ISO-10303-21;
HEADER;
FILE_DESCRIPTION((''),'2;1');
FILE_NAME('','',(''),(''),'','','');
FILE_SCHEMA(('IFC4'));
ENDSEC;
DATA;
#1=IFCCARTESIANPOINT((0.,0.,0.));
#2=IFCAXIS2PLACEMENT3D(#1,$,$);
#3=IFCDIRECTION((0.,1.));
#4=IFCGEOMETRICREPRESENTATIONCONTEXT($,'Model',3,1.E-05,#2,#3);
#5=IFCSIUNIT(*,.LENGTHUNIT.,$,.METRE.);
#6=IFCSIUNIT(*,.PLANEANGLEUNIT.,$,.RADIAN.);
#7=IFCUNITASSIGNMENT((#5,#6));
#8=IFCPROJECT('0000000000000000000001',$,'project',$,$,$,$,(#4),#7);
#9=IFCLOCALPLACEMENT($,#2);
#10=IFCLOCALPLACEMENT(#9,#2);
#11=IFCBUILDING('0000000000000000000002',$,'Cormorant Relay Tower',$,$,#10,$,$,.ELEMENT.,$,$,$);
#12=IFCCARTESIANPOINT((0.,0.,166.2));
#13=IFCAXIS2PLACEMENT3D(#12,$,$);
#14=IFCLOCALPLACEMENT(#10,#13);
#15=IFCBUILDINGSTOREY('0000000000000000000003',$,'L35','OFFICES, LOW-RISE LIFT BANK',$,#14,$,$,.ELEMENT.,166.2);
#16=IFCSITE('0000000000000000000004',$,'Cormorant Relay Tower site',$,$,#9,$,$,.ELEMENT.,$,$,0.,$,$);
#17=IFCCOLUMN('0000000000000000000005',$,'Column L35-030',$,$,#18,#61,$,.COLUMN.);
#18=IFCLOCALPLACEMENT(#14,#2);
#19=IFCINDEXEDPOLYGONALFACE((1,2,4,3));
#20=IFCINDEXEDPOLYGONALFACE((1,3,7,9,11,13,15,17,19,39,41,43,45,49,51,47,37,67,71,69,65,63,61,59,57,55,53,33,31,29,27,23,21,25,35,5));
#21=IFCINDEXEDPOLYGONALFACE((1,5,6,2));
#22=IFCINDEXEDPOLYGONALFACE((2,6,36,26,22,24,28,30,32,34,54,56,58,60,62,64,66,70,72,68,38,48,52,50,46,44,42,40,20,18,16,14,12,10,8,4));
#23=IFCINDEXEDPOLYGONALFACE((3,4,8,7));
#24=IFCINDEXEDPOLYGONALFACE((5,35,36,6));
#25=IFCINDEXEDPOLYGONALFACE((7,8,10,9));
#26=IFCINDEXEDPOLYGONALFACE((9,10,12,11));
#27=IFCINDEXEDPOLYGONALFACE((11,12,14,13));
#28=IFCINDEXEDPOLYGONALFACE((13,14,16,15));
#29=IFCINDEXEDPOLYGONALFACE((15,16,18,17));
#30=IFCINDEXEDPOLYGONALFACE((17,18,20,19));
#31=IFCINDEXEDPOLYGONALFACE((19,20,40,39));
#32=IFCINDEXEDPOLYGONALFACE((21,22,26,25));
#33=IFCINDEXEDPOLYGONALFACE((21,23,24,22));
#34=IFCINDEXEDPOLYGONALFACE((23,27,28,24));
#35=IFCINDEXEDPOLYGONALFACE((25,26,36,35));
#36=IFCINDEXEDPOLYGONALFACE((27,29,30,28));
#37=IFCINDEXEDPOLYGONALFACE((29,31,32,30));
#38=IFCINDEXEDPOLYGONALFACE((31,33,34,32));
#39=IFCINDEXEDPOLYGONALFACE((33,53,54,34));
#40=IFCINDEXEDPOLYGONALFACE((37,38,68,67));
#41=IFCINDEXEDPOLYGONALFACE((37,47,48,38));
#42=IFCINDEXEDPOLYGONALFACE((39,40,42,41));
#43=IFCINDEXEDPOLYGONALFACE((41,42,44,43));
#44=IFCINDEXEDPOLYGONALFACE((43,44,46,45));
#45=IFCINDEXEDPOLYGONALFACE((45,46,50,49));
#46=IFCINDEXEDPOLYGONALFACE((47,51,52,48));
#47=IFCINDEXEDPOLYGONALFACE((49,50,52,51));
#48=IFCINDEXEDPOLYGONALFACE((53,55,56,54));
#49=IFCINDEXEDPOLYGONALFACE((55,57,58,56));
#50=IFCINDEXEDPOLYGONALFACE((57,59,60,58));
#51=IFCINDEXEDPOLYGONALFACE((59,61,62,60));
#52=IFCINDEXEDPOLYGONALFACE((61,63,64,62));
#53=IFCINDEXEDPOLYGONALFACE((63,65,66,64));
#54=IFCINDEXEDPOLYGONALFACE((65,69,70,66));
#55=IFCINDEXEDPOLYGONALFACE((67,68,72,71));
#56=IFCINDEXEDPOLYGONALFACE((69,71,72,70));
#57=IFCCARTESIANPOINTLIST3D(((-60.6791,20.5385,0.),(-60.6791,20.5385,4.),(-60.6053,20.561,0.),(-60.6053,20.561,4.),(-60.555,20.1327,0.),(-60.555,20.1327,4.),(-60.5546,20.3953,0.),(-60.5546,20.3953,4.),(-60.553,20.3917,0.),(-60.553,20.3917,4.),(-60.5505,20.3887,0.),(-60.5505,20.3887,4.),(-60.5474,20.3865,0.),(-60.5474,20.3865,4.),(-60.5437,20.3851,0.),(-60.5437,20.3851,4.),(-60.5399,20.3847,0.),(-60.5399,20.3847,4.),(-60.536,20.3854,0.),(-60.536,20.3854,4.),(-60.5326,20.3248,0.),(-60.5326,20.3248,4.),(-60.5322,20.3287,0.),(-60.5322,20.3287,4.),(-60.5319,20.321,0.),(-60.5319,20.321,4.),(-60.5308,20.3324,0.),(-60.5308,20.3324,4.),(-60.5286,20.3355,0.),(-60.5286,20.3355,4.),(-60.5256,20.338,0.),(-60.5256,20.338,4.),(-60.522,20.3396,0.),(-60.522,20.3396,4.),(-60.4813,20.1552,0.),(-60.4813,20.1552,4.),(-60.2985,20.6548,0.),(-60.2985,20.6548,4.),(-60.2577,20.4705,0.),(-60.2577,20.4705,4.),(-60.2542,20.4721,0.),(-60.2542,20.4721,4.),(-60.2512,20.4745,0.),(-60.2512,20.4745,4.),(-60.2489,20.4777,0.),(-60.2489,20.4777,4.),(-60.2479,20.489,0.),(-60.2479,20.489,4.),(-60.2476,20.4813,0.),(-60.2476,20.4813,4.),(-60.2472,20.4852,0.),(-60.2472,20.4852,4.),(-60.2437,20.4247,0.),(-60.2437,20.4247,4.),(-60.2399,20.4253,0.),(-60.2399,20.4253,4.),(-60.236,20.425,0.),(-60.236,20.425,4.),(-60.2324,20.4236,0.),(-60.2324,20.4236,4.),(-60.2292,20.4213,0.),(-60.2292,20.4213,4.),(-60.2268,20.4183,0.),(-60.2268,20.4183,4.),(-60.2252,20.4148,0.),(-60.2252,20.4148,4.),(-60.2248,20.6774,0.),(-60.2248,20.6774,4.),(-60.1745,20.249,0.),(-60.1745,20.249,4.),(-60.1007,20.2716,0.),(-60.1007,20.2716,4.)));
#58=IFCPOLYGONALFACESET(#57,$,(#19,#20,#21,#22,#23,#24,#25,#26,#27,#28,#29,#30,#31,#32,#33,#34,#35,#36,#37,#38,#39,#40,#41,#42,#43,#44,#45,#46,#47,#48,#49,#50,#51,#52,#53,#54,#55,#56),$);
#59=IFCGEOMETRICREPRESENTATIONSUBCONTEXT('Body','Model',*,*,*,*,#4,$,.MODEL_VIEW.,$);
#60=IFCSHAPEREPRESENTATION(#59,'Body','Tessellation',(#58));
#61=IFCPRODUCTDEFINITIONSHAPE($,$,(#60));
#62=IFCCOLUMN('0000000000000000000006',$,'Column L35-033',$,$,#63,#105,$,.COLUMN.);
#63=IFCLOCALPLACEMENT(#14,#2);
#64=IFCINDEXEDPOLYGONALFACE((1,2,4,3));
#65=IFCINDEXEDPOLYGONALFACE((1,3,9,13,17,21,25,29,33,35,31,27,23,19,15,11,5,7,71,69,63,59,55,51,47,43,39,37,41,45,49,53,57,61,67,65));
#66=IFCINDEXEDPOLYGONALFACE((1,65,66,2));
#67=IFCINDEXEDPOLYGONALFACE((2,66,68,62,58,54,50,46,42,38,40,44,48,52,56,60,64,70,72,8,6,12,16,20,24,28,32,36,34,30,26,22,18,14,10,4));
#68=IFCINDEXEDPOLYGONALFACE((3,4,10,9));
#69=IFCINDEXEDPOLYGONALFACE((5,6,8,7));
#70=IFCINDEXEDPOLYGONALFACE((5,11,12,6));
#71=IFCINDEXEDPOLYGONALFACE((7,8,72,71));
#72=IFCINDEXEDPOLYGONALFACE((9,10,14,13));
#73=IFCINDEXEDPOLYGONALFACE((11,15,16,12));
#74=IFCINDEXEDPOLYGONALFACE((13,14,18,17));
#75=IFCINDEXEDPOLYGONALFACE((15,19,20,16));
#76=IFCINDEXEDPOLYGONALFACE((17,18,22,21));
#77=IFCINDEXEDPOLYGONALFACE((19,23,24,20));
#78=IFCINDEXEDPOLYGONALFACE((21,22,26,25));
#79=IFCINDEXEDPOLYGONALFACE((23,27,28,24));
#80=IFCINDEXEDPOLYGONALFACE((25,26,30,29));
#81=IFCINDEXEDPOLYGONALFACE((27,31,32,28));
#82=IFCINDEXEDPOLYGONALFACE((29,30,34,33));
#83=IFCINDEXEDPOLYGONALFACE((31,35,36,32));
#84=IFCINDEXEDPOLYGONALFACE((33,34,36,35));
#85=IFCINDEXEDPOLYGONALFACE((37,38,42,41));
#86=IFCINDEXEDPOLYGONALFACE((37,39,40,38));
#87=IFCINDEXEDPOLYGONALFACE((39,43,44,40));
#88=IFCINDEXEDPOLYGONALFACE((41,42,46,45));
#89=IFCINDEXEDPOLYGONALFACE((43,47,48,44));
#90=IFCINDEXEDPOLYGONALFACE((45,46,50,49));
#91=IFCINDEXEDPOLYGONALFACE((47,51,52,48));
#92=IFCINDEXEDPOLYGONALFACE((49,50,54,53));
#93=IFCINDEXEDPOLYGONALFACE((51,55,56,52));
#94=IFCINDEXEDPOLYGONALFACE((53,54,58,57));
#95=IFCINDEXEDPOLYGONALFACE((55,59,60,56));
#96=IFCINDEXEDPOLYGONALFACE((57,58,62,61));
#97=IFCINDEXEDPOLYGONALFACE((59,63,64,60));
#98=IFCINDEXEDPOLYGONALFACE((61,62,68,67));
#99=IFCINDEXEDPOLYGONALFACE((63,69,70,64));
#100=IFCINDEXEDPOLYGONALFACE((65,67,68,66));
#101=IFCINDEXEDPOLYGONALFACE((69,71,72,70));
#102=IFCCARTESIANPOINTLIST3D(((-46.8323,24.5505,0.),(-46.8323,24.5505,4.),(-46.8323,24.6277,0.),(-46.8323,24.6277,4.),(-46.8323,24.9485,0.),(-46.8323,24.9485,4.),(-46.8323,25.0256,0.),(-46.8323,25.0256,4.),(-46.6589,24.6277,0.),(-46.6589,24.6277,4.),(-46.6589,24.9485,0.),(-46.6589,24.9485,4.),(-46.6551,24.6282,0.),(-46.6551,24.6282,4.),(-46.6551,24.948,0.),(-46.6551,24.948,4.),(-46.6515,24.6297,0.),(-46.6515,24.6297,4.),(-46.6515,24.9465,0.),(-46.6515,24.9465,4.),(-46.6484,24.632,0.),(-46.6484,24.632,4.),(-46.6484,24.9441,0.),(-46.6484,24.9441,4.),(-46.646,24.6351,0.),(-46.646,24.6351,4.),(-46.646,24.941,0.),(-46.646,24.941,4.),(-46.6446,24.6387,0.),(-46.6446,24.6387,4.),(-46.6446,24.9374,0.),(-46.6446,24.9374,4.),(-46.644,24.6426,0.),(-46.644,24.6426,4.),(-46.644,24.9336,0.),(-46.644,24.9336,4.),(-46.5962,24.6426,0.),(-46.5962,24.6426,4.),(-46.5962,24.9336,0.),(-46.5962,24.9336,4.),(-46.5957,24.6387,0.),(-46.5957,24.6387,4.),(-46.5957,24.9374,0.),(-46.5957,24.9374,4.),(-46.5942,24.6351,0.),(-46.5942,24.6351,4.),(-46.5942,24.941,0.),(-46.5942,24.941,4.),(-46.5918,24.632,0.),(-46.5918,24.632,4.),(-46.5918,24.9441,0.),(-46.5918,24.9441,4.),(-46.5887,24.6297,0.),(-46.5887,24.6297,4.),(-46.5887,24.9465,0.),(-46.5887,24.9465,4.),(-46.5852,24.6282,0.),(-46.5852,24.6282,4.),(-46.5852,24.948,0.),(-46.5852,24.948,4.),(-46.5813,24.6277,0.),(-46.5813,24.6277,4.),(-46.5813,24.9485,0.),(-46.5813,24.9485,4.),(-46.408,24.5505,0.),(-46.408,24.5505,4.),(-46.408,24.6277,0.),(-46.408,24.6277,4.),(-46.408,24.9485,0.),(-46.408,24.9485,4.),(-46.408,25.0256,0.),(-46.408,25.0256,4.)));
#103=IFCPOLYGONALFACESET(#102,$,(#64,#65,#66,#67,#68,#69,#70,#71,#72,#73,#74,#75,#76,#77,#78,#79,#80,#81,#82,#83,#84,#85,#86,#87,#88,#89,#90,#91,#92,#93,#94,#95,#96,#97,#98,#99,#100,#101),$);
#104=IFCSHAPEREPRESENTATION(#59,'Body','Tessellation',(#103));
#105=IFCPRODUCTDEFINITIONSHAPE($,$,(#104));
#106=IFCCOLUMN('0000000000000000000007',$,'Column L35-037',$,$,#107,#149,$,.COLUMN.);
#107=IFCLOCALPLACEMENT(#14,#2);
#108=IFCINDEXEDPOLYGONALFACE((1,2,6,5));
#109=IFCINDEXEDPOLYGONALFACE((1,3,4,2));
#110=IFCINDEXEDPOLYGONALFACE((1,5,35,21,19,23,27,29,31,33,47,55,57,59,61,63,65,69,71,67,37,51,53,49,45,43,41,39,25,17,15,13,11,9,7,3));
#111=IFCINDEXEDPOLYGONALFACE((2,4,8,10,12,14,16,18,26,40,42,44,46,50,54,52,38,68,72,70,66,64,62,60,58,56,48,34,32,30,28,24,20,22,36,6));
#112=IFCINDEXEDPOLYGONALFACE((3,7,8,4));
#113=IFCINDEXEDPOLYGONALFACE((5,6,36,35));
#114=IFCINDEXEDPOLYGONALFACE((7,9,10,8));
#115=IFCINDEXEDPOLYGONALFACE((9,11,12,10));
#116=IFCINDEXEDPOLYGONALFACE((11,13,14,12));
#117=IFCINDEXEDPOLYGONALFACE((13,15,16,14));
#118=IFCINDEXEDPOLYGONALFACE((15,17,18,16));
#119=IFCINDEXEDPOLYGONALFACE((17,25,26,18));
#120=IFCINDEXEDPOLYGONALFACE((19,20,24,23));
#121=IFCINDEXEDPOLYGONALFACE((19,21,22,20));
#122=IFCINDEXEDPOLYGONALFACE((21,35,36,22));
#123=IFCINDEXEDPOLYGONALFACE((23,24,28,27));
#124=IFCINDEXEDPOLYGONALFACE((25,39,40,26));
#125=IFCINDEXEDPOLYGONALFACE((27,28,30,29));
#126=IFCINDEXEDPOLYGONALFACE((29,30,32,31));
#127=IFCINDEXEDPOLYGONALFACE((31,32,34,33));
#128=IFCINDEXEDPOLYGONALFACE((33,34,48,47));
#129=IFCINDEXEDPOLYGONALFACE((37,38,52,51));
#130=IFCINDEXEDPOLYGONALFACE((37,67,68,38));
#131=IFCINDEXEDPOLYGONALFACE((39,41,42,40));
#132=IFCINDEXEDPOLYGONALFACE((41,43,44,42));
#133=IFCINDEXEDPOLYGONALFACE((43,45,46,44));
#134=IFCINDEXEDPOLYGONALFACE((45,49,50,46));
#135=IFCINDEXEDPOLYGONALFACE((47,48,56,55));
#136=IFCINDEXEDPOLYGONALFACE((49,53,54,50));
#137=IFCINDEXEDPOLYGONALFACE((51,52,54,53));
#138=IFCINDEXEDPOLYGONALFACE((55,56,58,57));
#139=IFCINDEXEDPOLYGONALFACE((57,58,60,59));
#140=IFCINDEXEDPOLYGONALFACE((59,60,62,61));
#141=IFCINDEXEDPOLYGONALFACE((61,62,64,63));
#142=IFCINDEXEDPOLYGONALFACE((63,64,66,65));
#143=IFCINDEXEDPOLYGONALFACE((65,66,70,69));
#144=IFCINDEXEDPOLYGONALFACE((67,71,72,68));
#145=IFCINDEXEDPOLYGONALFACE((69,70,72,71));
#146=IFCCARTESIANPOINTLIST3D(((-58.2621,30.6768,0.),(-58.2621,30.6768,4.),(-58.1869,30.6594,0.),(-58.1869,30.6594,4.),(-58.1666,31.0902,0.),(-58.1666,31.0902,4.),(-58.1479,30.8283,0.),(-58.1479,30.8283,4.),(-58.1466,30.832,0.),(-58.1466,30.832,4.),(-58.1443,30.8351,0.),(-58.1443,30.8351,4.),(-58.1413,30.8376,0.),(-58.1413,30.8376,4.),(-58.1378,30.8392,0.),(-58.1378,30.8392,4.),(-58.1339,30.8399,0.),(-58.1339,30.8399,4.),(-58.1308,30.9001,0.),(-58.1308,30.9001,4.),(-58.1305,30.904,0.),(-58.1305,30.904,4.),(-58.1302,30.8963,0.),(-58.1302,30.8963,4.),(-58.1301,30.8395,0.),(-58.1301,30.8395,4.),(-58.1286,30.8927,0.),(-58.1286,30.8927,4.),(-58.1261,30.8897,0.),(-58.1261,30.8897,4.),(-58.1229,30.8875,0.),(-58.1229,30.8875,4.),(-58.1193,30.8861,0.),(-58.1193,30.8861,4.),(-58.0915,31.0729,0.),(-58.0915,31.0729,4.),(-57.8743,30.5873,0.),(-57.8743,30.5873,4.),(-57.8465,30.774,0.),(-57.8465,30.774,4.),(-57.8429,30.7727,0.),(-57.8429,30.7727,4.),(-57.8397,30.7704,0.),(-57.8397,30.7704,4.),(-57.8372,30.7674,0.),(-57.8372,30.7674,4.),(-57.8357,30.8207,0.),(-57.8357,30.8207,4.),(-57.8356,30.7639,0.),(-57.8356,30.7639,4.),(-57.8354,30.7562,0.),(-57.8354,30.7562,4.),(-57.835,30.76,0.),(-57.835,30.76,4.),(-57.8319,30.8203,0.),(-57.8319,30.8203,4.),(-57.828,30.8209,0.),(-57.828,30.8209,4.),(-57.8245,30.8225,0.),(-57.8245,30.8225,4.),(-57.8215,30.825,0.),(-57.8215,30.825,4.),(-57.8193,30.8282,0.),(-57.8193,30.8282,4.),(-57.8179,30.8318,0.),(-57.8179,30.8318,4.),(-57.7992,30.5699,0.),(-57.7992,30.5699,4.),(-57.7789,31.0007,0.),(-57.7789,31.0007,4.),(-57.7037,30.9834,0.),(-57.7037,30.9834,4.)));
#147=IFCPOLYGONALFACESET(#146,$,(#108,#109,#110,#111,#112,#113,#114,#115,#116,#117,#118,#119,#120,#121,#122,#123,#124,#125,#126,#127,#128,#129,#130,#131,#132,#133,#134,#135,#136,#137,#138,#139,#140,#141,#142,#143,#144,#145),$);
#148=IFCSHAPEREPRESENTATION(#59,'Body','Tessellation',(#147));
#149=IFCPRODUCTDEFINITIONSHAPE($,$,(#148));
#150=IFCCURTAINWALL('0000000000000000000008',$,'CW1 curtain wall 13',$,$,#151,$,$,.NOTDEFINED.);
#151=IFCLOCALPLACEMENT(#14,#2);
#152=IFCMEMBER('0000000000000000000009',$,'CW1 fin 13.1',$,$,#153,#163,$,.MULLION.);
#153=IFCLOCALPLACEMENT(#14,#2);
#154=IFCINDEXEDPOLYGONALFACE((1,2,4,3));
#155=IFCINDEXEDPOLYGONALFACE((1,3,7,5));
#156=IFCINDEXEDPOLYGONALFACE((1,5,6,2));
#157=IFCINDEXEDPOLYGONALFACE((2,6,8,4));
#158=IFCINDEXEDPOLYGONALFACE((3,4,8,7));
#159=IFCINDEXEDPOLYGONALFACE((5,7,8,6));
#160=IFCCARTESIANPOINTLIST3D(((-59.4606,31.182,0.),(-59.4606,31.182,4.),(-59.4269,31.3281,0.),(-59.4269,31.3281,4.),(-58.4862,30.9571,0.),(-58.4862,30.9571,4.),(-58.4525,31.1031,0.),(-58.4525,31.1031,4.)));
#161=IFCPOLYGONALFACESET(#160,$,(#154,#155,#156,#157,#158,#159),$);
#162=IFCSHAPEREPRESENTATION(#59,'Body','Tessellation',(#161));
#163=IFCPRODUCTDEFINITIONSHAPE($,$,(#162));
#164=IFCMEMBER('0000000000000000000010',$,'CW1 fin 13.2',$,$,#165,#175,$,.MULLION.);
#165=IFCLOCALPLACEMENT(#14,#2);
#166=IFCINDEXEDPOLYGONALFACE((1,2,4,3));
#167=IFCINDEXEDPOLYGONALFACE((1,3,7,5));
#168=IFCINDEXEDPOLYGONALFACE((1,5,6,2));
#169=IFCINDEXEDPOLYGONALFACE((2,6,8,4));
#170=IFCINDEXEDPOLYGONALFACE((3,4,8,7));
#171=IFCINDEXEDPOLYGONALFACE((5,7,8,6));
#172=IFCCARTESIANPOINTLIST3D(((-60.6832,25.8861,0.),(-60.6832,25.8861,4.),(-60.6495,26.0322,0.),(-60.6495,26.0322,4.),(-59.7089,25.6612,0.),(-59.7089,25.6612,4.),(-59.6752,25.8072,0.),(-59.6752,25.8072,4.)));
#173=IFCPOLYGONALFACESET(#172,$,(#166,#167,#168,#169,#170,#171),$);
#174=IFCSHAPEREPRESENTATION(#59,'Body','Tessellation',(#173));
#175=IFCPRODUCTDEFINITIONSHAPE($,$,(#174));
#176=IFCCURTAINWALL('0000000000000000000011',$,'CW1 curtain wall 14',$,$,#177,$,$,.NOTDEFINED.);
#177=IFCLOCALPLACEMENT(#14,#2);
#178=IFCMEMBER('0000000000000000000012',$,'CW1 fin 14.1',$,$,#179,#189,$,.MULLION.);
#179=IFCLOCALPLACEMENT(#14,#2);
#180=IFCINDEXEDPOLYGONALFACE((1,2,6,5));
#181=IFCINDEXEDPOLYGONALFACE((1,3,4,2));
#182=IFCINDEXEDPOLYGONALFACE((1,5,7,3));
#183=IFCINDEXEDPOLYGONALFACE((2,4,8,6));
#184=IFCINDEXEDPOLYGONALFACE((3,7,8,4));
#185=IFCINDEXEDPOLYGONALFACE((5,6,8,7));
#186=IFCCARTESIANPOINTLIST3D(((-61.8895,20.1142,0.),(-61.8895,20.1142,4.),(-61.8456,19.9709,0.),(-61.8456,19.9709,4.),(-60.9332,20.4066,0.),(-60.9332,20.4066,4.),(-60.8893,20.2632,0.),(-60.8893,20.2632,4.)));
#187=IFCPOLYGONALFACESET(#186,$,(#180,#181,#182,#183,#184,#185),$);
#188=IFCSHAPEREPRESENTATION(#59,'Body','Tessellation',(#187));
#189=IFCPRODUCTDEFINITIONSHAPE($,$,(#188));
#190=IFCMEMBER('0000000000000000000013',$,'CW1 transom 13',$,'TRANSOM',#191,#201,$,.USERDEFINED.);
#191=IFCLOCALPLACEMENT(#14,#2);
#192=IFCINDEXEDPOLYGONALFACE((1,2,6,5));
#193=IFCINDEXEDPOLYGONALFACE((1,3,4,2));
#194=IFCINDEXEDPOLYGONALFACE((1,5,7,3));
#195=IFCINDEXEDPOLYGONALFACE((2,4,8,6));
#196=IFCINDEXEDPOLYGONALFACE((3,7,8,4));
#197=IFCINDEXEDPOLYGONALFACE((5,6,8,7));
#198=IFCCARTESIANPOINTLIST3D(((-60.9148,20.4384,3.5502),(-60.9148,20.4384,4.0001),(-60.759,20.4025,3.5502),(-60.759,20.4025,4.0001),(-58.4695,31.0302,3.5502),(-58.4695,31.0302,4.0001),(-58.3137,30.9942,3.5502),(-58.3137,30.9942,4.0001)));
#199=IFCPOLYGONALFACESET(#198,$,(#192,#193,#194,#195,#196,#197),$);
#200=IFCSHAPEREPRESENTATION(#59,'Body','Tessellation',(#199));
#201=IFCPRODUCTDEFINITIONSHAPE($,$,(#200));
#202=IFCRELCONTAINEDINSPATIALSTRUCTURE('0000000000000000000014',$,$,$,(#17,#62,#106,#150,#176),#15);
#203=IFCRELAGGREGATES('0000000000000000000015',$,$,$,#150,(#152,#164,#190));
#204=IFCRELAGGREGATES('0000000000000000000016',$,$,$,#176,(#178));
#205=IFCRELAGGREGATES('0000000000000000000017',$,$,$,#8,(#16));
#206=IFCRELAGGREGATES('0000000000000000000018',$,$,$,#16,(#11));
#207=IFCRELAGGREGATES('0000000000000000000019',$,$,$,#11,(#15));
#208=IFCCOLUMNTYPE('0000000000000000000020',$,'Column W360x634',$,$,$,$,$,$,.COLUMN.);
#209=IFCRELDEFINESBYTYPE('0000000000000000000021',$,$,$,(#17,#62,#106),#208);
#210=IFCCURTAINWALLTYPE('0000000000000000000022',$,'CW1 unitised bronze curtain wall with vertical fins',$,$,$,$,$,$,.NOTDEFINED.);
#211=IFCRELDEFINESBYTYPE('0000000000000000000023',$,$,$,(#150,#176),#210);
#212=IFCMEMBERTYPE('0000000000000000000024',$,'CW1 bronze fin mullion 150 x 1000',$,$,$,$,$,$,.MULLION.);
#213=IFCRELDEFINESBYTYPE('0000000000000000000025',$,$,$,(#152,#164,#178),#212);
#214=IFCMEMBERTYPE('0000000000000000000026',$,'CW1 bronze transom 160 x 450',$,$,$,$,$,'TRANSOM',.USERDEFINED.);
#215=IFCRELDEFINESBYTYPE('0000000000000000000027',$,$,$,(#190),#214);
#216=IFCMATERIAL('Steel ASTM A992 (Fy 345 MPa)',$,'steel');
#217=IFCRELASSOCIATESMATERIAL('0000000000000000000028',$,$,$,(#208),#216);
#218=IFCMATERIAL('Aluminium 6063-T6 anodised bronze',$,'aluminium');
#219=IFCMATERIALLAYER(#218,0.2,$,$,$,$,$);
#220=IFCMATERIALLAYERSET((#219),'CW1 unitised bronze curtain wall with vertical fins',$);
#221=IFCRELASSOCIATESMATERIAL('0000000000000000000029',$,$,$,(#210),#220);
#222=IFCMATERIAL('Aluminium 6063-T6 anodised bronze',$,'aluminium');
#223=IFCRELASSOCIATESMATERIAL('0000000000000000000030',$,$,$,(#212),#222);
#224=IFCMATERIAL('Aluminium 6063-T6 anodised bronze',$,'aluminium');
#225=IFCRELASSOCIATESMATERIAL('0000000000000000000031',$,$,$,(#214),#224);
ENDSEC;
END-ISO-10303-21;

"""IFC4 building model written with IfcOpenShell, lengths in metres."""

from ifc_helpers import new_model, si_unit, direction, frame, origin, origin_2d, place, context, subcontext, project, spatial, rectangle, i_section, extrude, material, layer, layer_set, material_profile, profile_set, type_object, element, aggregate, save


model = new_model("IFC4")

# Units and contexts
model_context = context("Model", 3, precision=1e-05, world=origin(), true_north=direction((0.0, 1.0)))
body_context = subcontext(model_context, "Body", "Model", "MODEL_VIEW")
ifc_project = project(units=[si_unit("LENGTHUNIT", "METRE"), si_unit("PLANEANGLEUNIT", "RADIAN")], contexts=[model_context])

# Site, building, storey
site_placement = place(None, origin())
site = spatial("IfcSite", under=ifc_project, at=site_placement, Name="Cormorant Relay Tower site", CompositionType="ELEMENT", RefElevation=0.0)
building_placement = place(site_placement, origin())
building = spatial("IfcBuilding", under=site, at=building_placement, Name="Cormorant Relay Tower", CompositionType="ELEMENT")
storey_placement = place(building_placement, frame((0.0, 0.0, 166.2)))
storey = spatial("IfcBuildingStorey", under=building, at=storey_placement, Name="L35", Description="OFFICES, LOW-RISE LIFT BANK", CompositionType="ELEMENT", Elevation=166.2)

# Columns
ifc_material_1 = material(Name="Steel ASTM A992 (Fy 345 MPa)", Category="steel")
ifc_material_profile_1 = material_profile(ifc_material_1, i_section(OverallWidth=0.4243, OverallDepth=0.4751, WebThickness=0.0479, FlangeThickness=0.0771, FilletRadius=0.0149, at=origin_2d()), Name="W360x634")
ifc_profile_set_1 = profile_set([ifc_material_profile_1], Name="Steel ASTM A992 (Fy 345 MPa)")
column_type = type_object("IfcColumnType", Name="Column W360x634", PredefinedType="COLUMN", material=ifc_profile_set_1)
for number, where, z_axis, x_axis, name in (
    (1, (-60.3899, 20.405, 0.0), (0.0, 0.0, 1.0), (0.292372, -0.956305, 0.0), "Column L35-030"),
    (2, (-46.6201, 24.7881, 0.0), (0.0, 0.0, 1.0), (1.0, 0.0, 0.0), "Column L35-033"),
    (3, (-57.9829, 30.8301, 0.0), (0.0, 0.0, 1.0), (-0.224951, -0.97437, 0.0), "Column L35-037"),
):
    element("IfcColumn", number, at=place(storey_placement, frame(where, z_axis=z_axis, x_axis=x_axis)), inside=storey, type_object=column_type, Name=name, PredefinedType="COLUMN", context=body_context, shape_type="SweptSolid", body=[
        extrude(i_section(OverallWidth=0.4243, OverallDepth=0.4751, WebThickness=0.0479, FlangeThickness=0.0771, FilletRadius=0.0149, at=origin_2d()), origin(), (0.0, 0.0, 1.0), 4.0),
    ])

# Curtain wall, members
ifc_material_2 = material(Name="Aluminium 6063-T6 anodised bronze", Category="aluminium")
ifc_layer_1 = layer(ifc_material_2, 0.2)
ifc_layer_set_1 = layer_set([ifc_layer_1], Name="CW1 unitised bronze curtain wall with vertical fins")
curtain_wall_type = type_object("IfcCurtainWallType", Name="CW1 unitised bronze curtain wall with vertical fins", PredefinedType="NOTDEFINED", material=ifc_layer_set_1)
curtain_wall_1_placement = place(storey_placement, origin())
curtain_wall_1 = element("IfcCurtainWall", 4, at=curtain_wall_1_placement, inside=storey, type_object=curtain_wall_type, Name="CW1 curtain wall 13", PredefinedType="NOTDEFINED")
ifc_material_3 = material(Name="Aluminium 6063-T6 anodised bronze", Category="aluminium")
ifc_material_profile_2 = material_profile(ifc_material_3, rectangle(XDim=0.1499, YDim=1.0, at=origin_2d()), Name="AL 150x1000")
ifc_profile_set_2 = profile_set([ifc_material_profile_2], Name="Aluminium 6063-T6 anodised bronze")
member_type_1 = type_object("IfcMemberType", Name="CW1 bronze fin mullion 150 x 1000", PredefinedType="MULLION", material=ifc_profile_set_2)
member_1_placement = place(storey_placement, frame((-58.9565, 31.1426, 0.0), z_axis=(0.0, 0.0, 1.0), x_axis=(-0.224951, -0.97437, 0.0)))
member_1 = element("IfcMember", 5, at=member_1_placement, type_object=member_type_1, Name="CW1 fin 13.1", PredefinedType="MULLION", context=body_context, shape_type="SweptSolid", body=[
    extrude(rectangle(XDim=0.1499, YDim=1.0, at=origin_2d()), origin(), (0.0, 0.0, 1.0), 4.0),
])
member_2_placement = place(storey_placement, frame((-60.1792, 25.8467, 0.0), z_axis=(0.0, 0.0, 1.0), x_axis=(-0.224951, -0.97437, 0.0)))
member_2 = element("IfcMember", 6, at=member_2_placement, type_object=member_type_1, Name="CW1 fin 13.2", PredefinedType="MULLION", context=body_context, shape_type="SweptSolid", body=[
    extrude(rectangle(XDim=0.1499, YDim=1.0, at=origin_2d()), origin(), (0.0, 0.0, 1.0), 4.0),
])

# Curtain wall, member
curtain_wall_2_placement = place(storey_placement, origin())
curtain_wall_2 = element("IfcCurtainWall", 7, at=curtain_wall_2_placement, inside=storey, type_object=curtain_wall_type, Name="CW1 curtain wall 14", PredefinedType="NOTDEFINED")
member_3_placement = place(storey_placement, frame((-61.3894, 20.1887, 0.0), z_axis=(0.0, 0.0, 1.0), x_axis=(0.292372, -0.956305, 0.0)))
member_3 = element("IfcMember", 8, at=member_3_placement, type_object=member_type_1, Name="CW1 fin 14.1", PredefinedType="MULLION", context=body_context, shape_type="SweptSolid", body=[
    extrude(rectangle(XDim=0.1499, YDim=1.0, at=origin_2d()), origin(), (0.0, 0.0, 1.0), 4.0),
])

# Member
ifc_material_4 = material(Name="Aluminium 6063-T6 anodised bronze", Category="aluminium")
ifc_material_profile_3 = material_profile(ifc_material_4, rectangle(XDim=0.1599, YDim=0.45, at=origin_2d()), Name="AL 160x450")
ifc_profile_set_3 = profile_set([ifc_material_profile_3], Name="Aluminium 6063-T6 anodised bronze")
member_type_2 = type_object("IfcMemberType", Name="CW1 bronze transom 160 x 450", ElementType="TRANSOM", PredefinedType="USERDEFINED", material=ifc_profile_set_3)
member_4_placement = place(storey_placement, frame((-58.3916, 31.0122, 3.7751), z_axis=(-0.224951, -0.97437, 0.0), x_axis=(0.97437, -0.224951, 0.0)))
member_4 = element("IfcMember", 9, at=member_4_placement, type_object=member_type_2, Name="CW1 transom 13", ObjectType="TRANSOM", PredefinedType="USERDEFINED", context=body_context, shape_type="SweptSolid", body=[
    extrude(rectangle(XDim=0.1599, YDim=0.45, at=origin_2d()), origin(), (0.0, 0.0, 1.0), 10.8704),
])

aggregate(curtain_wall_1, [member_1, member_2, member_4])
aggregate(curtain_wall_2, [member_3])

save(model, "model.ifc")
